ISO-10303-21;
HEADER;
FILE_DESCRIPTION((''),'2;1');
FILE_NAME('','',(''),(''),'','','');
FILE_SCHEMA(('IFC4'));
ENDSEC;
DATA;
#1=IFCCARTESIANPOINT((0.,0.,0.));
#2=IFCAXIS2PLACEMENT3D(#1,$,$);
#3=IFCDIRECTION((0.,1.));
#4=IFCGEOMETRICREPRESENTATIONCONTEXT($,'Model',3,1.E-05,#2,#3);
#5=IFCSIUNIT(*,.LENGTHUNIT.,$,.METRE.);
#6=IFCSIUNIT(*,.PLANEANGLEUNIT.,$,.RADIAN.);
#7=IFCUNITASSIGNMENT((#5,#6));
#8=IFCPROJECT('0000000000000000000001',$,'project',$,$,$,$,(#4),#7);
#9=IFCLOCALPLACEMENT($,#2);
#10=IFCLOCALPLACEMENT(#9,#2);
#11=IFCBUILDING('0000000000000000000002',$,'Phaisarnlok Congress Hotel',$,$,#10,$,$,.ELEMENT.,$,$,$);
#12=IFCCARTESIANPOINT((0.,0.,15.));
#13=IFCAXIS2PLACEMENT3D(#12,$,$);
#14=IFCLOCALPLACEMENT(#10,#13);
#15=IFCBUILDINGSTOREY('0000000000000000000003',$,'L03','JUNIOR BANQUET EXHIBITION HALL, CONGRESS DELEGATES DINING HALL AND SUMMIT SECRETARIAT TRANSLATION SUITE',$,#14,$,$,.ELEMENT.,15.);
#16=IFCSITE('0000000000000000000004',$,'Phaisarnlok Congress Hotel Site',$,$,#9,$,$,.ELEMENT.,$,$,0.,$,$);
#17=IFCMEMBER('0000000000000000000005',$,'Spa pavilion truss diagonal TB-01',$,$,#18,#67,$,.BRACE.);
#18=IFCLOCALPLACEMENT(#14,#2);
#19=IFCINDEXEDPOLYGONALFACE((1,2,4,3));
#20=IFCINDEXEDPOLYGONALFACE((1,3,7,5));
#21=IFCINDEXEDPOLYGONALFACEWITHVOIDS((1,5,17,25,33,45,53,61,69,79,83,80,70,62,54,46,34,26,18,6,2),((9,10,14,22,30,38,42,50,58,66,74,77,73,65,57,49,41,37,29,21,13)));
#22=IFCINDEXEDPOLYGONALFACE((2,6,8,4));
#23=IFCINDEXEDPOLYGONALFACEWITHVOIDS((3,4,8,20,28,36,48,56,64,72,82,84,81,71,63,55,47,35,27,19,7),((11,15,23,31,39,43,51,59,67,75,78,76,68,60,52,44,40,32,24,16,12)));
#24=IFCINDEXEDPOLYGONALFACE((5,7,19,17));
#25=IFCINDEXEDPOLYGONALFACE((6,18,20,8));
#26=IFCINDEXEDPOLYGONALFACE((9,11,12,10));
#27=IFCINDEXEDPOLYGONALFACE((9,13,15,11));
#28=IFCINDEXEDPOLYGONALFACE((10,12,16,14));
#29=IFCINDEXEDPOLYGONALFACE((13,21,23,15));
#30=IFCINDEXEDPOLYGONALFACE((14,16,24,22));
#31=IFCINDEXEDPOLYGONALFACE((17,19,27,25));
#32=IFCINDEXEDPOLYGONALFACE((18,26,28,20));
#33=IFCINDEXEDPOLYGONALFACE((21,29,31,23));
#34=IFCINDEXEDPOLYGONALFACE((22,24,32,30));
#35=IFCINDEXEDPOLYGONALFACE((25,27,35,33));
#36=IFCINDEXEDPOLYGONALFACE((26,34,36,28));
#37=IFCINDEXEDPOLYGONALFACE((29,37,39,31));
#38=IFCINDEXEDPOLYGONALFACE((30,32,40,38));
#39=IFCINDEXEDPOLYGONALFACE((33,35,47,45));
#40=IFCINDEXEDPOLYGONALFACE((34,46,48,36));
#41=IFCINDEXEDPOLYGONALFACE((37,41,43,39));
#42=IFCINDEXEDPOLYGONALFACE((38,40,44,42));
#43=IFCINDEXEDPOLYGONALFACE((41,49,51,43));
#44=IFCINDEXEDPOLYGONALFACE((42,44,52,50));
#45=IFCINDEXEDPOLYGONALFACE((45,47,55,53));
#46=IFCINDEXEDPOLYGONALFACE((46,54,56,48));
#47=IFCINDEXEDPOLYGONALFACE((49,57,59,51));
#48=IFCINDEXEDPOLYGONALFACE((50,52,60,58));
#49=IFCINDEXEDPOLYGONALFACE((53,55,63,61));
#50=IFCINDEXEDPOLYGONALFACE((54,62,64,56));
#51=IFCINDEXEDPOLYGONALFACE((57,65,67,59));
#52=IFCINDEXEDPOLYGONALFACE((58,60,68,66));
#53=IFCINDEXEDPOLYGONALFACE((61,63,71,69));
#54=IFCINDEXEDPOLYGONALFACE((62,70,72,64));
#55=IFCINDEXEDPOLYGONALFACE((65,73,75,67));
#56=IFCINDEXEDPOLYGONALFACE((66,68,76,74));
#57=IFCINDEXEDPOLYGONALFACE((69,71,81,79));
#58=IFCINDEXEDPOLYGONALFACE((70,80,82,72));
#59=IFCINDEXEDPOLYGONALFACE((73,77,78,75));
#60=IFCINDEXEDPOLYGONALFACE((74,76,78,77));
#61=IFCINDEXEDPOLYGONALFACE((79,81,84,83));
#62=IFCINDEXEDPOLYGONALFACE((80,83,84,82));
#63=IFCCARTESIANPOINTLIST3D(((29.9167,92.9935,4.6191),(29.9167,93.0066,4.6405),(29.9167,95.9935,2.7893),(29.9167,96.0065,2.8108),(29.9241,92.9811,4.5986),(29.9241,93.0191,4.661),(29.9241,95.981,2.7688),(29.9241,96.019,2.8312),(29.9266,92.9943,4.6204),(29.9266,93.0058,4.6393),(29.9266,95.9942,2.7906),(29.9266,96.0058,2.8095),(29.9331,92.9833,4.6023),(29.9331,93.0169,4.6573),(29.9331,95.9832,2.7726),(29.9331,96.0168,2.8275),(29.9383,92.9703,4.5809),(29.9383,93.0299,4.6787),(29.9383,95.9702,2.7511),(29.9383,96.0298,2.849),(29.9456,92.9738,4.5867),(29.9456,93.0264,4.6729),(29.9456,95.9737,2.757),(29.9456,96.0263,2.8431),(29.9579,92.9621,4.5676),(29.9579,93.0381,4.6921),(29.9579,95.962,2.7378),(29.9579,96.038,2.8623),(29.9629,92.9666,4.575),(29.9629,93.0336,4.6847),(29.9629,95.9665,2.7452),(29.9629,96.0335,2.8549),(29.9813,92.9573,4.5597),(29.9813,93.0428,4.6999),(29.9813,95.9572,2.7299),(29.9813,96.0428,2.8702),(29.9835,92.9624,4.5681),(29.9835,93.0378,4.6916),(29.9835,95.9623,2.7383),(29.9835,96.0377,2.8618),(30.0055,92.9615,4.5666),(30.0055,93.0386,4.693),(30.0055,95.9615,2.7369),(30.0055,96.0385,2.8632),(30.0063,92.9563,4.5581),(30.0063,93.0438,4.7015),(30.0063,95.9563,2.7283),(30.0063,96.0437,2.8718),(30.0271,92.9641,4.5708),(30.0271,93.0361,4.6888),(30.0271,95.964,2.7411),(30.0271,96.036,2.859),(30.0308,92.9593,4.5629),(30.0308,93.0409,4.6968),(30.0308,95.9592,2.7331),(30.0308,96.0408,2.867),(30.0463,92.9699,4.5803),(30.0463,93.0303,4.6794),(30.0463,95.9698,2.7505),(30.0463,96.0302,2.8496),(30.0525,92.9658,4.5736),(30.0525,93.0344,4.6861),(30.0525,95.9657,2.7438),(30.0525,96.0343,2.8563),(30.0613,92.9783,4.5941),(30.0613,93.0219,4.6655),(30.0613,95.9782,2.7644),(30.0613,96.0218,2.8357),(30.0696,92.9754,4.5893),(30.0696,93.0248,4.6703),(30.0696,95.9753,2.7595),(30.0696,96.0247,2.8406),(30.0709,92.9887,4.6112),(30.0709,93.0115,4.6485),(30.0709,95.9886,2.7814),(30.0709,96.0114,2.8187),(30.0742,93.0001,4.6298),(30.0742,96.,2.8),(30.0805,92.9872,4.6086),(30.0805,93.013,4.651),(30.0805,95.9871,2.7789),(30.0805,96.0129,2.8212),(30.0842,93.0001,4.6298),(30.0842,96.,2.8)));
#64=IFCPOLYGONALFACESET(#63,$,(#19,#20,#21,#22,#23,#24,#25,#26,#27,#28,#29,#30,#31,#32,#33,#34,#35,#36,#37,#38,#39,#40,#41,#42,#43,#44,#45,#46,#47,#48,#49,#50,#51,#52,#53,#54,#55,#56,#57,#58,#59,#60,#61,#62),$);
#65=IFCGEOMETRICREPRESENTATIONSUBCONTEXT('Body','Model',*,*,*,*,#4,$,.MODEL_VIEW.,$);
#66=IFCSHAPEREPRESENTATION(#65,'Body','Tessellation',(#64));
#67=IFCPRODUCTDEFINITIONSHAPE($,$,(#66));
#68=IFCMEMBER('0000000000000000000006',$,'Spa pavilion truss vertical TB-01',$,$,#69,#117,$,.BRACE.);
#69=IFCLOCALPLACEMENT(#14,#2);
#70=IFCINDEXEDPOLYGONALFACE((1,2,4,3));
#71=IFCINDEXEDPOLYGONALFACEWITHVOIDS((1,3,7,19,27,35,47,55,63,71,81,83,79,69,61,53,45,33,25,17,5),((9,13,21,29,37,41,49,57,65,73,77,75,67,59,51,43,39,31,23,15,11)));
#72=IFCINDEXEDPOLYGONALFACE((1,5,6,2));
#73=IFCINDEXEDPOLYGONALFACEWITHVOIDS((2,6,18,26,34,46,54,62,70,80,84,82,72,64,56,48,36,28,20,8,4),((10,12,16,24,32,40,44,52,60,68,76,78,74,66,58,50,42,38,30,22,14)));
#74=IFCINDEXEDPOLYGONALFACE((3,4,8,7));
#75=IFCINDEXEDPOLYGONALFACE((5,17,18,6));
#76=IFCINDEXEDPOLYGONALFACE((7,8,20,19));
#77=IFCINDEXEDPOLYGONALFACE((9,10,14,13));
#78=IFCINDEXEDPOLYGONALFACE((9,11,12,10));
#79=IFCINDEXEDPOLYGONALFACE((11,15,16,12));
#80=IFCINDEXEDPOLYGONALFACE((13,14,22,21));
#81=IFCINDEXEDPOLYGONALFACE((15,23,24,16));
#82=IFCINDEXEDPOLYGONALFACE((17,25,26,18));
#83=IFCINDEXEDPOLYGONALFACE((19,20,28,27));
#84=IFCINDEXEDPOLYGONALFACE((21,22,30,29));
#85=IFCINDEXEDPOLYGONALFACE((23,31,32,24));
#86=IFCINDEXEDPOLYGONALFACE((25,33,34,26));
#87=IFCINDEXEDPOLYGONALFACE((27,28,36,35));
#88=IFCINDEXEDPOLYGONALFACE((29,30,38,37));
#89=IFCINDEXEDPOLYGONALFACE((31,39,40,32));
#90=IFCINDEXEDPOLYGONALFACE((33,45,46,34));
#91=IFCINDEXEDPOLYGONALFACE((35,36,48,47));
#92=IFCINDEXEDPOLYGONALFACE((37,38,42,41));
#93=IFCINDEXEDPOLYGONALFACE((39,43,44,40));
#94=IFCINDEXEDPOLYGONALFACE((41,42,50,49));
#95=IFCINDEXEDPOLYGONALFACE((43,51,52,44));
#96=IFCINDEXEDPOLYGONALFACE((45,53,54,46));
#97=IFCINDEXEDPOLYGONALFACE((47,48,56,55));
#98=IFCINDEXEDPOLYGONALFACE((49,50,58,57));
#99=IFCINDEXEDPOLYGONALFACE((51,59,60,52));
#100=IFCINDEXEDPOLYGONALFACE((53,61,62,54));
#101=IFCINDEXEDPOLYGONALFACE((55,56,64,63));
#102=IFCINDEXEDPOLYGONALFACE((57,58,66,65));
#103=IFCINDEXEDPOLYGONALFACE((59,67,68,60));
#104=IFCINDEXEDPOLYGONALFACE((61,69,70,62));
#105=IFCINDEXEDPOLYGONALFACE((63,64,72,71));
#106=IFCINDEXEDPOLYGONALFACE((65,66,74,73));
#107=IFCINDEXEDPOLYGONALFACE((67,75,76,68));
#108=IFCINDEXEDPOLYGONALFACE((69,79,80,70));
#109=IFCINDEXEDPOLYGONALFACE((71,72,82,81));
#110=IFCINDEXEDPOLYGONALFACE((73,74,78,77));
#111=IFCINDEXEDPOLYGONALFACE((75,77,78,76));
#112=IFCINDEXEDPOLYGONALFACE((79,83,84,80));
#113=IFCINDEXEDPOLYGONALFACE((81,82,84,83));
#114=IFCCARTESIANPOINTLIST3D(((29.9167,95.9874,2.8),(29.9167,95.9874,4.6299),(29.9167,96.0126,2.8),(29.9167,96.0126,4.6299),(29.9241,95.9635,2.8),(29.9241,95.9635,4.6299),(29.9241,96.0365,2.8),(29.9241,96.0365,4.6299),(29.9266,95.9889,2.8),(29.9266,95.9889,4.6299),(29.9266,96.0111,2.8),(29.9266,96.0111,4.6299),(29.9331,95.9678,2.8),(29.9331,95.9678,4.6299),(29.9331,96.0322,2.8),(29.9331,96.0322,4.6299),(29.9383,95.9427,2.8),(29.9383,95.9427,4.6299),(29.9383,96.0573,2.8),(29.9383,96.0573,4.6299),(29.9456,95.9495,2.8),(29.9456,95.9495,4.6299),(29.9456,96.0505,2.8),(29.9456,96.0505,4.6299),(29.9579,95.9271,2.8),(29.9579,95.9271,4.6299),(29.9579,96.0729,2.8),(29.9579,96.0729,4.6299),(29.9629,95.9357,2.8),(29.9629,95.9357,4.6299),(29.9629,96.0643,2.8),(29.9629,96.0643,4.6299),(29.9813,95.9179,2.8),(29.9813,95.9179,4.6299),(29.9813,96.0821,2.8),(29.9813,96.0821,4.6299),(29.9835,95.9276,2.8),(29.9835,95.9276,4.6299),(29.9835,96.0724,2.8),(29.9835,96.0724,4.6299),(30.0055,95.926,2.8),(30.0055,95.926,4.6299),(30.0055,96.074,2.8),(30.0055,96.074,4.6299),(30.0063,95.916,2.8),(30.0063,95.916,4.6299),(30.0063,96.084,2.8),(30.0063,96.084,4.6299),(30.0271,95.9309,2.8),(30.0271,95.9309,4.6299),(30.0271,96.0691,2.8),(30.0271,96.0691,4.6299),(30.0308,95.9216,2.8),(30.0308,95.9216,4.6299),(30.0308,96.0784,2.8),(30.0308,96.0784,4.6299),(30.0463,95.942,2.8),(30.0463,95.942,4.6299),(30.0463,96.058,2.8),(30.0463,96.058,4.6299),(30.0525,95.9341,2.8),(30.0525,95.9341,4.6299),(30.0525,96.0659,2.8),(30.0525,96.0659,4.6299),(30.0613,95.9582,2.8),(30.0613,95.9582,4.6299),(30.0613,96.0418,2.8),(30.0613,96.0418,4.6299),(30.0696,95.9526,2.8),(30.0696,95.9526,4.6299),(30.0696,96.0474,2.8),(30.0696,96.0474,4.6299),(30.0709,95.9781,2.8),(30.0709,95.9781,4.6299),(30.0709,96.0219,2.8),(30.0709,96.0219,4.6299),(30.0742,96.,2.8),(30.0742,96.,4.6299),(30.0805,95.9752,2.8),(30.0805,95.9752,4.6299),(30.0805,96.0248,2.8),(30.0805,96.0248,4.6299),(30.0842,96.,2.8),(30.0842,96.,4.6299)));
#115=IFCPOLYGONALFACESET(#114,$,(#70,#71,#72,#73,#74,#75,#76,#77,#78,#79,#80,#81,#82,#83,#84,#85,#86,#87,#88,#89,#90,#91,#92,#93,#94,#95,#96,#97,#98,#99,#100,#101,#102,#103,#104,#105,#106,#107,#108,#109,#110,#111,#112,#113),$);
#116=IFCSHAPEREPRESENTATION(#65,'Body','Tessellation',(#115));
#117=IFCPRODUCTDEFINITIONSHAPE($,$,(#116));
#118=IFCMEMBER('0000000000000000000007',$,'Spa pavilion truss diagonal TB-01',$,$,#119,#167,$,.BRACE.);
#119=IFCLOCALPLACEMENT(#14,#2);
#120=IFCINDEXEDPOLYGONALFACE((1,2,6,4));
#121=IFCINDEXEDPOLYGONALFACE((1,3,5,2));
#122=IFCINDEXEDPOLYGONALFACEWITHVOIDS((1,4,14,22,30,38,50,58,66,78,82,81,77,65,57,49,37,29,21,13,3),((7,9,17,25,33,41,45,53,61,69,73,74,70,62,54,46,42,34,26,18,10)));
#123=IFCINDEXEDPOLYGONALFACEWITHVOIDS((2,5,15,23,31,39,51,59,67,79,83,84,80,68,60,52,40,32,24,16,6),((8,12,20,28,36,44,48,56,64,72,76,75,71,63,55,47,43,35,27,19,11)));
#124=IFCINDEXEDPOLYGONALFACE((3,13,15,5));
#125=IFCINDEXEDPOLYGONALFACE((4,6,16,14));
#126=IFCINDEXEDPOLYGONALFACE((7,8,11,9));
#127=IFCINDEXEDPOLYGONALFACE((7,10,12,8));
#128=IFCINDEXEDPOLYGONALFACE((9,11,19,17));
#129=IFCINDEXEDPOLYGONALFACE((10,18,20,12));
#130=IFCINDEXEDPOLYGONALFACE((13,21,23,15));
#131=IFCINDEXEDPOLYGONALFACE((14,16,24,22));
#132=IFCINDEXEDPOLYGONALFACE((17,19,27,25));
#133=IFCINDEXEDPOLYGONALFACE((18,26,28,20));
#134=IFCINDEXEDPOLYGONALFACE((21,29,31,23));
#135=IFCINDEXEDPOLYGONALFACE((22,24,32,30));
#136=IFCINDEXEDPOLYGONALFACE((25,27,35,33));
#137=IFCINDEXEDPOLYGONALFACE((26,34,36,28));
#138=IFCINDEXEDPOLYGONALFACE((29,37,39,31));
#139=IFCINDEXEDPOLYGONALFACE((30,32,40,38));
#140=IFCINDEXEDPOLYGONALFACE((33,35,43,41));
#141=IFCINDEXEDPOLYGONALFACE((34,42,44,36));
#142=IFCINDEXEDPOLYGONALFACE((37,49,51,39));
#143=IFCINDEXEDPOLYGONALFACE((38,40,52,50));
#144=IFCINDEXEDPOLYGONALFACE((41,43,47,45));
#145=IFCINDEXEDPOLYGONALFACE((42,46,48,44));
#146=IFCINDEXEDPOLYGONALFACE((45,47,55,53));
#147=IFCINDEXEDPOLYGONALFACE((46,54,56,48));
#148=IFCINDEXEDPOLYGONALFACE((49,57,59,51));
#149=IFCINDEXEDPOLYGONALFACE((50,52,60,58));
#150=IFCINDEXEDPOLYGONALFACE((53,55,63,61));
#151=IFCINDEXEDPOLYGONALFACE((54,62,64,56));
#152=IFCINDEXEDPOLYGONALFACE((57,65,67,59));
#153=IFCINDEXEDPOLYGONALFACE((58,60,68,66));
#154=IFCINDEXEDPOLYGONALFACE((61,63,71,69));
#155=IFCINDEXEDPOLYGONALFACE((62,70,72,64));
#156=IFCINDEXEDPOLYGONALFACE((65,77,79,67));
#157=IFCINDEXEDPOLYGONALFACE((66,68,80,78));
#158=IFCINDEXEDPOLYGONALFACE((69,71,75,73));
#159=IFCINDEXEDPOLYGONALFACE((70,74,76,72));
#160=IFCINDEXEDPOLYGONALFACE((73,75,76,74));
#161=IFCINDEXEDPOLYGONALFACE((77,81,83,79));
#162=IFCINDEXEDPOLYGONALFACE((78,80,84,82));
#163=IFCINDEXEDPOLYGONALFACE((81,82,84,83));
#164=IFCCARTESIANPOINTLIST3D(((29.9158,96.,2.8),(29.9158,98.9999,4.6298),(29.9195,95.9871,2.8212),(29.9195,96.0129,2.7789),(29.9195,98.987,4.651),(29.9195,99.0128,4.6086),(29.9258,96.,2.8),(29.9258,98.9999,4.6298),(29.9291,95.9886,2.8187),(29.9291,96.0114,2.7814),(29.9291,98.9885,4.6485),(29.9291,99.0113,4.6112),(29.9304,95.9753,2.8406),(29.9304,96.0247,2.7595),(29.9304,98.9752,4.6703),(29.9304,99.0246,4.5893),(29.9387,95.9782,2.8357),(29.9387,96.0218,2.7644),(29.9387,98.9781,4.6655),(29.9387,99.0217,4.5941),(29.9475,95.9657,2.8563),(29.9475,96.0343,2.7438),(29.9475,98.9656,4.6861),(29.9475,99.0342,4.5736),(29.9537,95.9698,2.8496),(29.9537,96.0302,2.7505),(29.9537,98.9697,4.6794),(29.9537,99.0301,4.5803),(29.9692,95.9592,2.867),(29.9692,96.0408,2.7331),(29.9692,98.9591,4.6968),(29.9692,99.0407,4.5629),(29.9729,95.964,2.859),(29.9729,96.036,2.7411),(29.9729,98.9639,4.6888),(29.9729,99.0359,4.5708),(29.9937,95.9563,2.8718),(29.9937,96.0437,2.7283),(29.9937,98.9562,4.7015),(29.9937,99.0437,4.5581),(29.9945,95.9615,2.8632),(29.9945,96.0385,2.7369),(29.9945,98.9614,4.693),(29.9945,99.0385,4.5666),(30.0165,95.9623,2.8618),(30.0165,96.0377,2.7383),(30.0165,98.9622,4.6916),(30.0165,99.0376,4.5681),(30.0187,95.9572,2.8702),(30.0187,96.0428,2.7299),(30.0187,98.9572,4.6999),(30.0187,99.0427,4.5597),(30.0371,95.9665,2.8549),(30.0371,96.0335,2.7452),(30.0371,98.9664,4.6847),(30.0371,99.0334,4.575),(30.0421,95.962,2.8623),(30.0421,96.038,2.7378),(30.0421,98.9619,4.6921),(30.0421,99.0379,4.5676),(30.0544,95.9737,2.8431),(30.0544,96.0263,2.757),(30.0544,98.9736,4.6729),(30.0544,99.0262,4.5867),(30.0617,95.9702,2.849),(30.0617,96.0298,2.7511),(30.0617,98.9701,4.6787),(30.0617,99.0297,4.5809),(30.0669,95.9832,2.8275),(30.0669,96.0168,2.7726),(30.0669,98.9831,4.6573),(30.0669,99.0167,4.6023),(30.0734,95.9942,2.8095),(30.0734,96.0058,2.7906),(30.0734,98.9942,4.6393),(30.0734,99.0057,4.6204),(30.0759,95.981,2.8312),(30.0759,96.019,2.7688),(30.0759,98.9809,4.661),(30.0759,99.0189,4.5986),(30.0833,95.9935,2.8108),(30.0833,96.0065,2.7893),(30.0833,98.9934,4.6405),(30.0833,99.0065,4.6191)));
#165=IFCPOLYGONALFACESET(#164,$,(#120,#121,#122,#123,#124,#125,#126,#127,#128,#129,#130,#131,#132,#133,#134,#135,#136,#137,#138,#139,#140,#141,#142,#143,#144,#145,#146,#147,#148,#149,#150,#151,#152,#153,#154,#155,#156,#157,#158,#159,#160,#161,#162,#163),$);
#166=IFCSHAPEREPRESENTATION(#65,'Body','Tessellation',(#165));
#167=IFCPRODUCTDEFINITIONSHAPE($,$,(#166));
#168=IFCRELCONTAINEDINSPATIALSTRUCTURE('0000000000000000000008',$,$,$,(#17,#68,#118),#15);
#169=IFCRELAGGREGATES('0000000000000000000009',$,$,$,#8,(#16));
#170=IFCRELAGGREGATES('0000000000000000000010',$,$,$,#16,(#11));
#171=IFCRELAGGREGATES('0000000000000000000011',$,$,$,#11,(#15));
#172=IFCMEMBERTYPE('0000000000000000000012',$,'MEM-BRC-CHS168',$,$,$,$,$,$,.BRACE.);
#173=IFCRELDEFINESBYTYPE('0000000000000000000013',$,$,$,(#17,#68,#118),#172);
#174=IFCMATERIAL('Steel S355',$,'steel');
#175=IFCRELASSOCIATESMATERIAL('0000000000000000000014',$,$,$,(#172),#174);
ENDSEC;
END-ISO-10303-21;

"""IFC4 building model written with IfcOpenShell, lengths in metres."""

from ifc_helpers import new_model, si_unit, direction, frame, origin, origin_2d, place, context, subcontext, project, spatial, hollow_circle, extrude, material, material_profile, profile_set, type_object, element, save


model = new_model("IFC4")

# Units and contexts
model_context = context("Model", 3, precision=1e-05, world=origin(), true_north=direction((0.0, 1.0)))
body_context = subcontext(model_context, "Body", "Model", "MODEL_VIEW")
ifc_project = project(units=[si_unit("LENGTHUNIT", "METRE"), si_unit("PLANEANGLEUNIT", "RADIAN")], contexts=[model_context])

# Site, building, storey
site_placement = place(None, origin())
site = spatial("IfcSite", under=ifc_project, at=site_placement, Name="Phaisarnlok Congress Hotel Site", CompositionType="ELEMENT", RefElevation=0.0)
building_placement = place(site_placement, origin())
building = spatial("IfcBuilding", under=site, at=building_placement, Name="Phaisarnlok Congress Hotel", CompositionType="ELEMENT")
storey_placement = place(building_placement, frame((0.0, 0.0, 15.0)))
storey = spatial("IfcBuildingStorey", under=building, at=storey_placement, Name="L03", Description="JUNIOR BANQUET EXHIBITION HALL, CONGRESS DELEGATES DINING HALL AND SUMMIT SECRETARIAT TRANSLATION SUITE", CompositionType="ELEMENT", Elevation=15.0)

# Members
ifc_material = material(Name="Steel S355", Category="steel")
ifc_material_profile_1 = material_profile(ifc_material, hollow_circle(Radius=0.0842, WallThickness=0.01, at=origin_2d()), Name="CHS 168.3x10")
ifc_profile_set_1 = profile_set([ifc_material_profile_1], Name="Steel S355")
member_type_1 = type_object("IfcMemberType", Name="MEM-BRC-CHS168", PredefinedType="BRACE", material=ifc_profile_set_1)
member_1_placement = place(storey_placement, frame((30.0, 96.0, 2.8), z_axis=(0.0, -0.853725, 0.520725), x_axis=(1.0, 0.0, 0.0)))
element("IfcMember", 1, at=member_1_placement, inside=storey, type_object=member_type_1, Name="Spa pavilion truss diagonal TB-01", PredefinedType="BRACE", context=body_context, shape_type="SweptSolid", body=[
    extrude(hollow_circle(Radius=0.0842, WallThickness=0.01, at=origin_2d()), origin(), (0.0, 0.0, 1.0), 3.5139),
])
member_2_placement = place(storey_placement, frame((30.0, 96.0, 2.8), z_axis=(0.0, 0.0, 1.0), x_axis=(1.0, 0.0, 0.0)))
element("IfcMember", 2, at=member_2_placement, inside=storey, type_object=member_type_1, Name="Spa pavilion truss vertical TB-01", PredefinedType="BRACE", context=body_context, shape_type="SweptSolid", body=[
    extrude(hollow_circle(Radius=0.0842, WallThickness=0.01, at=origin_2d()), origin(), (0.0, 0.0, 1.0), 1.8298),
])
for number, where, z_axis, x_axis, name in (
    (3, (30.0, 96.0, 2.8), (0.0, 0.853725, 0.520725), (-1.0, 0.0, 0.0), "Spa pavilion truss diagonal TB-01"),
):
    element("IfcMember", number, at=place(storey_placement, frame(where, z_axis=z_axis, x_axis=x_axis)), inside=storey, type_object=member_type_1, Name=name, PredefinedType="BRACE", context=body_context, shape_type="SweptSolid", body=[
        extrude(hollow_circle(Radius=0.0842, WallThickness=0.01, at=origin_2d()), origin(), (0.0, 0.0, 1.0), 3.5139),
    ])

save(model, "model.ifc")
